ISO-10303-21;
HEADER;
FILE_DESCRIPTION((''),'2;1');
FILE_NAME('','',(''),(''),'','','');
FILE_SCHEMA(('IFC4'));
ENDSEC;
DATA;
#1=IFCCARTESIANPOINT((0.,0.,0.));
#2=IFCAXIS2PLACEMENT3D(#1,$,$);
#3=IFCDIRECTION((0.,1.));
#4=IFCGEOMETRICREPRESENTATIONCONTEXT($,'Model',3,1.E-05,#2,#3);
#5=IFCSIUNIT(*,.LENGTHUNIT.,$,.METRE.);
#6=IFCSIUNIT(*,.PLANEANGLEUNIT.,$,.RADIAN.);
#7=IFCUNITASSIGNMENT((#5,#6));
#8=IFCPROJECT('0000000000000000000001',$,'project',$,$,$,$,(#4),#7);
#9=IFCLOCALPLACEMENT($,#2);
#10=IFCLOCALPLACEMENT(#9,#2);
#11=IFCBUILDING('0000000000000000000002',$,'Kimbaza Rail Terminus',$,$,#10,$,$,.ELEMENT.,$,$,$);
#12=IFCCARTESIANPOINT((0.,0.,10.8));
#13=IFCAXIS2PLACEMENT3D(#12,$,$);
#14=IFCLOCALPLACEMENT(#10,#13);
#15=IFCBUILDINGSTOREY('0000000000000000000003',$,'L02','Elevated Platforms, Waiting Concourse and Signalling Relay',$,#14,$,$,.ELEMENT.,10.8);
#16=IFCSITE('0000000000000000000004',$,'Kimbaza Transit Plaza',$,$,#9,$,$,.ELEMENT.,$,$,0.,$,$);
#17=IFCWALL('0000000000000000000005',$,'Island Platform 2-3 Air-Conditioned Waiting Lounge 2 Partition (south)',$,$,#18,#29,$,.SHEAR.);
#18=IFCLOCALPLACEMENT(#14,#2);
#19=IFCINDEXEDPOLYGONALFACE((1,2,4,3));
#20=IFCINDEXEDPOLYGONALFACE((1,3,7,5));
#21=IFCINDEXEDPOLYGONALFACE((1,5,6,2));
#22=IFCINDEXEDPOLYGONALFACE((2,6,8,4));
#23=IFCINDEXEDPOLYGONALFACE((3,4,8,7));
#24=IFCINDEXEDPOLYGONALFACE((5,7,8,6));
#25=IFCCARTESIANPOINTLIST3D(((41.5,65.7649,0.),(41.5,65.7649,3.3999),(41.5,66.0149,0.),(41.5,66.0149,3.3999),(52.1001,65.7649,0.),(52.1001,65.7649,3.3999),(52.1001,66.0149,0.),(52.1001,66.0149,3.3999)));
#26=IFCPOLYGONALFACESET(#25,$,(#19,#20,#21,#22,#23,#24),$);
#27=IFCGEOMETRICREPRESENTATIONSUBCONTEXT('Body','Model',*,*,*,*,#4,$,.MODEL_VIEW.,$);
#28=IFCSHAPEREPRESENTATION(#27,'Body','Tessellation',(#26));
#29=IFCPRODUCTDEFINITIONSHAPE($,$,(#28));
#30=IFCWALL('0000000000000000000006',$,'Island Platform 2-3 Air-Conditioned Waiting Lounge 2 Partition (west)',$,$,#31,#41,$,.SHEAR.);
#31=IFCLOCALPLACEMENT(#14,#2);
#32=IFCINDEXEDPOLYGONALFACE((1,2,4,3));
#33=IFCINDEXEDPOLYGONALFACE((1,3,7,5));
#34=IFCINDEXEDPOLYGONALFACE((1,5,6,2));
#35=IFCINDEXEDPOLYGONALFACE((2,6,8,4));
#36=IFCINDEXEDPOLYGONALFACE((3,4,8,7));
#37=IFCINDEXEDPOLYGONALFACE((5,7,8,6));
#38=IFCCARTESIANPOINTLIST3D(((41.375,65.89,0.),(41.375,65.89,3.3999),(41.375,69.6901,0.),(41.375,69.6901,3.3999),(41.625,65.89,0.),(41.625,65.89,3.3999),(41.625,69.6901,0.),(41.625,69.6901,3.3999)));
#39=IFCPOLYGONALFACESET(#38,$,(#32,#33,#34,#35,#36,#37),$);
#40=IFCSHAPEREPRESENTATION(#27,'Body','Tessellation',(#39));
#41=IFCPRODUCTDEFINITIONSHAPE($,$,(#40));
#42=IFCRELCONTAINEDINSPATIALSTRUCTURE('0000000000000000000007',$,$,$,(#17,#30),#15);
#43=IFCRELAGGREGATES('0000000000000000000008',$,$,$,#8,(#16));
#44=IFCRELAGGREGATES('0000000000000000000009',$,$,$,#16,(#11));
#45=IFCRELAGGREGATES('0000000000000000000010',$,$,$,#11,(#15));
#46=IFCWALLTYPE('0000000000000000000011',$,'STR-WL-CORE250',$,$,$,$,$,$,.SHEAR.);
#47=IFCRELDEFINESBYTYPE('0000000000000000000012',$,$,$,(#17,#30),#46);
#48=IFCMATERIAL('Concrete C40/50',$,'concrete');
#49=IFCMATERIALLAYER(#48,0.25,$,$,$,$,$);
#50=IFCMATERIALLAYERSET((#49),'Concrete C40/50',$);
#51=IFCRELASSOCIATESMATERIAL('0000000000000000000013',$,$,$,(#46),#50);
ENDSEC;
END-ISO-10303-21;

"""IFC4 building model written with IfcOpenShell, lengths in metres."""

from ifc_helpers import new_model, si_unit, direction, frame, frame_2d, origin, place, context, subcontext, project, spatial, rectangle, extrude, material, layer, layer_set, type_object, element, save


model = new_model("IFC4")

# Units and contexts
model_context = context("Model", 3, precision=1e-05, world=origin(), true_north=direction((0.0, 1.0)))
body_context = subcontext(model_context, "Body", "Model", "MODEL_VIEW")
ifc_project = project(units=[si_unit("LENGTHUNIT", "METRE"), si_unit("PLANEANGLEUNIT", "RADIAN")], contexts=[model_context])

# Site, building, storey
site_placement = place(None, origin())
site = spatial("IfcSite", under=ifc_project, at=site_placement, Name="Kimbaza Transit Plaza", CompositionType="ELEMENT", RefElevation=0.0)
building_placement = place(site_placement, origin())
building = spatial("IfcBuilding", under=site, at=building_placement, Name="Kimbaza Rail Terminus", CompositionType="ELEMENT")
storey_placement = place(building_placement, frame((0.0, 0.0, 10.8)))
storey = spatial("IfcBuildingStorey", under=building, at=storey_placement, Name="L02", Description="Elevated Platforms, Waiting Concourse and Signalling Relay", CompositionType="ELEMENT", Elevation=10.8)

# Walls
ifc_material_1 = material(Name="Concrete C40/50", Category="concrete")
ifc_layer_1 = layer(ifc_material_1, 0.25)
ifc_layer_set_1 = layer_set([ifc_layer_1], Name="Concrete C40/50")
wall_type = type_object("IfcWallType", Name="STR-WL-CORE250", PredefinedType="SHEAR", material=ifc_layer_set_1)
wall_1_placement = place(storey_placement, frame((41.5, 65.8899, 0.0), z_axis=(0.0, 0.0, 1.0), x_axis=(1.0, 0.0, 0.0)))
element("IfcWall", 1, at=wall_1_placement, inside=storey, type_object=wall_type, Name="Island Platform 2-3 Air-Conditioned Waiting Lounge 2 Partition (south)", PredefinedType="SHEAR", context=body_context, shape_type="SweptSolid", body=[
    extrude(rectangle(XDim=10.6001, YDim=0.25, at=frame_2d((5.3, 0.0))), origin(), (0.0, 0.0, 1.0), 3.3999),
])
wall_2_placement = place(storey_placement, frame((41.5, 69.6899, 0.0), z_axis=(0.0, 0.0, 1.0), x_axis=(0.0, -1.0, 0.0)))
element("IfcWall", 2, at=wall_2_placement, inside=storey, type_object=wall_type, Name="Island Platform 2-3 Air-Conditioned Waiting Lounge 2 Partition (west)", PredefinedType="SHEAR", context=body_context, shape_type="SweptSolid", body=[
    extrude(rectangle(XDim=3.8, YDim=0.25, at=frame_2d((1.8999, 0.0))), origin(), (0.0, 0.0, 1.0), 3.3999),
])

save(model, "model.ifc")
